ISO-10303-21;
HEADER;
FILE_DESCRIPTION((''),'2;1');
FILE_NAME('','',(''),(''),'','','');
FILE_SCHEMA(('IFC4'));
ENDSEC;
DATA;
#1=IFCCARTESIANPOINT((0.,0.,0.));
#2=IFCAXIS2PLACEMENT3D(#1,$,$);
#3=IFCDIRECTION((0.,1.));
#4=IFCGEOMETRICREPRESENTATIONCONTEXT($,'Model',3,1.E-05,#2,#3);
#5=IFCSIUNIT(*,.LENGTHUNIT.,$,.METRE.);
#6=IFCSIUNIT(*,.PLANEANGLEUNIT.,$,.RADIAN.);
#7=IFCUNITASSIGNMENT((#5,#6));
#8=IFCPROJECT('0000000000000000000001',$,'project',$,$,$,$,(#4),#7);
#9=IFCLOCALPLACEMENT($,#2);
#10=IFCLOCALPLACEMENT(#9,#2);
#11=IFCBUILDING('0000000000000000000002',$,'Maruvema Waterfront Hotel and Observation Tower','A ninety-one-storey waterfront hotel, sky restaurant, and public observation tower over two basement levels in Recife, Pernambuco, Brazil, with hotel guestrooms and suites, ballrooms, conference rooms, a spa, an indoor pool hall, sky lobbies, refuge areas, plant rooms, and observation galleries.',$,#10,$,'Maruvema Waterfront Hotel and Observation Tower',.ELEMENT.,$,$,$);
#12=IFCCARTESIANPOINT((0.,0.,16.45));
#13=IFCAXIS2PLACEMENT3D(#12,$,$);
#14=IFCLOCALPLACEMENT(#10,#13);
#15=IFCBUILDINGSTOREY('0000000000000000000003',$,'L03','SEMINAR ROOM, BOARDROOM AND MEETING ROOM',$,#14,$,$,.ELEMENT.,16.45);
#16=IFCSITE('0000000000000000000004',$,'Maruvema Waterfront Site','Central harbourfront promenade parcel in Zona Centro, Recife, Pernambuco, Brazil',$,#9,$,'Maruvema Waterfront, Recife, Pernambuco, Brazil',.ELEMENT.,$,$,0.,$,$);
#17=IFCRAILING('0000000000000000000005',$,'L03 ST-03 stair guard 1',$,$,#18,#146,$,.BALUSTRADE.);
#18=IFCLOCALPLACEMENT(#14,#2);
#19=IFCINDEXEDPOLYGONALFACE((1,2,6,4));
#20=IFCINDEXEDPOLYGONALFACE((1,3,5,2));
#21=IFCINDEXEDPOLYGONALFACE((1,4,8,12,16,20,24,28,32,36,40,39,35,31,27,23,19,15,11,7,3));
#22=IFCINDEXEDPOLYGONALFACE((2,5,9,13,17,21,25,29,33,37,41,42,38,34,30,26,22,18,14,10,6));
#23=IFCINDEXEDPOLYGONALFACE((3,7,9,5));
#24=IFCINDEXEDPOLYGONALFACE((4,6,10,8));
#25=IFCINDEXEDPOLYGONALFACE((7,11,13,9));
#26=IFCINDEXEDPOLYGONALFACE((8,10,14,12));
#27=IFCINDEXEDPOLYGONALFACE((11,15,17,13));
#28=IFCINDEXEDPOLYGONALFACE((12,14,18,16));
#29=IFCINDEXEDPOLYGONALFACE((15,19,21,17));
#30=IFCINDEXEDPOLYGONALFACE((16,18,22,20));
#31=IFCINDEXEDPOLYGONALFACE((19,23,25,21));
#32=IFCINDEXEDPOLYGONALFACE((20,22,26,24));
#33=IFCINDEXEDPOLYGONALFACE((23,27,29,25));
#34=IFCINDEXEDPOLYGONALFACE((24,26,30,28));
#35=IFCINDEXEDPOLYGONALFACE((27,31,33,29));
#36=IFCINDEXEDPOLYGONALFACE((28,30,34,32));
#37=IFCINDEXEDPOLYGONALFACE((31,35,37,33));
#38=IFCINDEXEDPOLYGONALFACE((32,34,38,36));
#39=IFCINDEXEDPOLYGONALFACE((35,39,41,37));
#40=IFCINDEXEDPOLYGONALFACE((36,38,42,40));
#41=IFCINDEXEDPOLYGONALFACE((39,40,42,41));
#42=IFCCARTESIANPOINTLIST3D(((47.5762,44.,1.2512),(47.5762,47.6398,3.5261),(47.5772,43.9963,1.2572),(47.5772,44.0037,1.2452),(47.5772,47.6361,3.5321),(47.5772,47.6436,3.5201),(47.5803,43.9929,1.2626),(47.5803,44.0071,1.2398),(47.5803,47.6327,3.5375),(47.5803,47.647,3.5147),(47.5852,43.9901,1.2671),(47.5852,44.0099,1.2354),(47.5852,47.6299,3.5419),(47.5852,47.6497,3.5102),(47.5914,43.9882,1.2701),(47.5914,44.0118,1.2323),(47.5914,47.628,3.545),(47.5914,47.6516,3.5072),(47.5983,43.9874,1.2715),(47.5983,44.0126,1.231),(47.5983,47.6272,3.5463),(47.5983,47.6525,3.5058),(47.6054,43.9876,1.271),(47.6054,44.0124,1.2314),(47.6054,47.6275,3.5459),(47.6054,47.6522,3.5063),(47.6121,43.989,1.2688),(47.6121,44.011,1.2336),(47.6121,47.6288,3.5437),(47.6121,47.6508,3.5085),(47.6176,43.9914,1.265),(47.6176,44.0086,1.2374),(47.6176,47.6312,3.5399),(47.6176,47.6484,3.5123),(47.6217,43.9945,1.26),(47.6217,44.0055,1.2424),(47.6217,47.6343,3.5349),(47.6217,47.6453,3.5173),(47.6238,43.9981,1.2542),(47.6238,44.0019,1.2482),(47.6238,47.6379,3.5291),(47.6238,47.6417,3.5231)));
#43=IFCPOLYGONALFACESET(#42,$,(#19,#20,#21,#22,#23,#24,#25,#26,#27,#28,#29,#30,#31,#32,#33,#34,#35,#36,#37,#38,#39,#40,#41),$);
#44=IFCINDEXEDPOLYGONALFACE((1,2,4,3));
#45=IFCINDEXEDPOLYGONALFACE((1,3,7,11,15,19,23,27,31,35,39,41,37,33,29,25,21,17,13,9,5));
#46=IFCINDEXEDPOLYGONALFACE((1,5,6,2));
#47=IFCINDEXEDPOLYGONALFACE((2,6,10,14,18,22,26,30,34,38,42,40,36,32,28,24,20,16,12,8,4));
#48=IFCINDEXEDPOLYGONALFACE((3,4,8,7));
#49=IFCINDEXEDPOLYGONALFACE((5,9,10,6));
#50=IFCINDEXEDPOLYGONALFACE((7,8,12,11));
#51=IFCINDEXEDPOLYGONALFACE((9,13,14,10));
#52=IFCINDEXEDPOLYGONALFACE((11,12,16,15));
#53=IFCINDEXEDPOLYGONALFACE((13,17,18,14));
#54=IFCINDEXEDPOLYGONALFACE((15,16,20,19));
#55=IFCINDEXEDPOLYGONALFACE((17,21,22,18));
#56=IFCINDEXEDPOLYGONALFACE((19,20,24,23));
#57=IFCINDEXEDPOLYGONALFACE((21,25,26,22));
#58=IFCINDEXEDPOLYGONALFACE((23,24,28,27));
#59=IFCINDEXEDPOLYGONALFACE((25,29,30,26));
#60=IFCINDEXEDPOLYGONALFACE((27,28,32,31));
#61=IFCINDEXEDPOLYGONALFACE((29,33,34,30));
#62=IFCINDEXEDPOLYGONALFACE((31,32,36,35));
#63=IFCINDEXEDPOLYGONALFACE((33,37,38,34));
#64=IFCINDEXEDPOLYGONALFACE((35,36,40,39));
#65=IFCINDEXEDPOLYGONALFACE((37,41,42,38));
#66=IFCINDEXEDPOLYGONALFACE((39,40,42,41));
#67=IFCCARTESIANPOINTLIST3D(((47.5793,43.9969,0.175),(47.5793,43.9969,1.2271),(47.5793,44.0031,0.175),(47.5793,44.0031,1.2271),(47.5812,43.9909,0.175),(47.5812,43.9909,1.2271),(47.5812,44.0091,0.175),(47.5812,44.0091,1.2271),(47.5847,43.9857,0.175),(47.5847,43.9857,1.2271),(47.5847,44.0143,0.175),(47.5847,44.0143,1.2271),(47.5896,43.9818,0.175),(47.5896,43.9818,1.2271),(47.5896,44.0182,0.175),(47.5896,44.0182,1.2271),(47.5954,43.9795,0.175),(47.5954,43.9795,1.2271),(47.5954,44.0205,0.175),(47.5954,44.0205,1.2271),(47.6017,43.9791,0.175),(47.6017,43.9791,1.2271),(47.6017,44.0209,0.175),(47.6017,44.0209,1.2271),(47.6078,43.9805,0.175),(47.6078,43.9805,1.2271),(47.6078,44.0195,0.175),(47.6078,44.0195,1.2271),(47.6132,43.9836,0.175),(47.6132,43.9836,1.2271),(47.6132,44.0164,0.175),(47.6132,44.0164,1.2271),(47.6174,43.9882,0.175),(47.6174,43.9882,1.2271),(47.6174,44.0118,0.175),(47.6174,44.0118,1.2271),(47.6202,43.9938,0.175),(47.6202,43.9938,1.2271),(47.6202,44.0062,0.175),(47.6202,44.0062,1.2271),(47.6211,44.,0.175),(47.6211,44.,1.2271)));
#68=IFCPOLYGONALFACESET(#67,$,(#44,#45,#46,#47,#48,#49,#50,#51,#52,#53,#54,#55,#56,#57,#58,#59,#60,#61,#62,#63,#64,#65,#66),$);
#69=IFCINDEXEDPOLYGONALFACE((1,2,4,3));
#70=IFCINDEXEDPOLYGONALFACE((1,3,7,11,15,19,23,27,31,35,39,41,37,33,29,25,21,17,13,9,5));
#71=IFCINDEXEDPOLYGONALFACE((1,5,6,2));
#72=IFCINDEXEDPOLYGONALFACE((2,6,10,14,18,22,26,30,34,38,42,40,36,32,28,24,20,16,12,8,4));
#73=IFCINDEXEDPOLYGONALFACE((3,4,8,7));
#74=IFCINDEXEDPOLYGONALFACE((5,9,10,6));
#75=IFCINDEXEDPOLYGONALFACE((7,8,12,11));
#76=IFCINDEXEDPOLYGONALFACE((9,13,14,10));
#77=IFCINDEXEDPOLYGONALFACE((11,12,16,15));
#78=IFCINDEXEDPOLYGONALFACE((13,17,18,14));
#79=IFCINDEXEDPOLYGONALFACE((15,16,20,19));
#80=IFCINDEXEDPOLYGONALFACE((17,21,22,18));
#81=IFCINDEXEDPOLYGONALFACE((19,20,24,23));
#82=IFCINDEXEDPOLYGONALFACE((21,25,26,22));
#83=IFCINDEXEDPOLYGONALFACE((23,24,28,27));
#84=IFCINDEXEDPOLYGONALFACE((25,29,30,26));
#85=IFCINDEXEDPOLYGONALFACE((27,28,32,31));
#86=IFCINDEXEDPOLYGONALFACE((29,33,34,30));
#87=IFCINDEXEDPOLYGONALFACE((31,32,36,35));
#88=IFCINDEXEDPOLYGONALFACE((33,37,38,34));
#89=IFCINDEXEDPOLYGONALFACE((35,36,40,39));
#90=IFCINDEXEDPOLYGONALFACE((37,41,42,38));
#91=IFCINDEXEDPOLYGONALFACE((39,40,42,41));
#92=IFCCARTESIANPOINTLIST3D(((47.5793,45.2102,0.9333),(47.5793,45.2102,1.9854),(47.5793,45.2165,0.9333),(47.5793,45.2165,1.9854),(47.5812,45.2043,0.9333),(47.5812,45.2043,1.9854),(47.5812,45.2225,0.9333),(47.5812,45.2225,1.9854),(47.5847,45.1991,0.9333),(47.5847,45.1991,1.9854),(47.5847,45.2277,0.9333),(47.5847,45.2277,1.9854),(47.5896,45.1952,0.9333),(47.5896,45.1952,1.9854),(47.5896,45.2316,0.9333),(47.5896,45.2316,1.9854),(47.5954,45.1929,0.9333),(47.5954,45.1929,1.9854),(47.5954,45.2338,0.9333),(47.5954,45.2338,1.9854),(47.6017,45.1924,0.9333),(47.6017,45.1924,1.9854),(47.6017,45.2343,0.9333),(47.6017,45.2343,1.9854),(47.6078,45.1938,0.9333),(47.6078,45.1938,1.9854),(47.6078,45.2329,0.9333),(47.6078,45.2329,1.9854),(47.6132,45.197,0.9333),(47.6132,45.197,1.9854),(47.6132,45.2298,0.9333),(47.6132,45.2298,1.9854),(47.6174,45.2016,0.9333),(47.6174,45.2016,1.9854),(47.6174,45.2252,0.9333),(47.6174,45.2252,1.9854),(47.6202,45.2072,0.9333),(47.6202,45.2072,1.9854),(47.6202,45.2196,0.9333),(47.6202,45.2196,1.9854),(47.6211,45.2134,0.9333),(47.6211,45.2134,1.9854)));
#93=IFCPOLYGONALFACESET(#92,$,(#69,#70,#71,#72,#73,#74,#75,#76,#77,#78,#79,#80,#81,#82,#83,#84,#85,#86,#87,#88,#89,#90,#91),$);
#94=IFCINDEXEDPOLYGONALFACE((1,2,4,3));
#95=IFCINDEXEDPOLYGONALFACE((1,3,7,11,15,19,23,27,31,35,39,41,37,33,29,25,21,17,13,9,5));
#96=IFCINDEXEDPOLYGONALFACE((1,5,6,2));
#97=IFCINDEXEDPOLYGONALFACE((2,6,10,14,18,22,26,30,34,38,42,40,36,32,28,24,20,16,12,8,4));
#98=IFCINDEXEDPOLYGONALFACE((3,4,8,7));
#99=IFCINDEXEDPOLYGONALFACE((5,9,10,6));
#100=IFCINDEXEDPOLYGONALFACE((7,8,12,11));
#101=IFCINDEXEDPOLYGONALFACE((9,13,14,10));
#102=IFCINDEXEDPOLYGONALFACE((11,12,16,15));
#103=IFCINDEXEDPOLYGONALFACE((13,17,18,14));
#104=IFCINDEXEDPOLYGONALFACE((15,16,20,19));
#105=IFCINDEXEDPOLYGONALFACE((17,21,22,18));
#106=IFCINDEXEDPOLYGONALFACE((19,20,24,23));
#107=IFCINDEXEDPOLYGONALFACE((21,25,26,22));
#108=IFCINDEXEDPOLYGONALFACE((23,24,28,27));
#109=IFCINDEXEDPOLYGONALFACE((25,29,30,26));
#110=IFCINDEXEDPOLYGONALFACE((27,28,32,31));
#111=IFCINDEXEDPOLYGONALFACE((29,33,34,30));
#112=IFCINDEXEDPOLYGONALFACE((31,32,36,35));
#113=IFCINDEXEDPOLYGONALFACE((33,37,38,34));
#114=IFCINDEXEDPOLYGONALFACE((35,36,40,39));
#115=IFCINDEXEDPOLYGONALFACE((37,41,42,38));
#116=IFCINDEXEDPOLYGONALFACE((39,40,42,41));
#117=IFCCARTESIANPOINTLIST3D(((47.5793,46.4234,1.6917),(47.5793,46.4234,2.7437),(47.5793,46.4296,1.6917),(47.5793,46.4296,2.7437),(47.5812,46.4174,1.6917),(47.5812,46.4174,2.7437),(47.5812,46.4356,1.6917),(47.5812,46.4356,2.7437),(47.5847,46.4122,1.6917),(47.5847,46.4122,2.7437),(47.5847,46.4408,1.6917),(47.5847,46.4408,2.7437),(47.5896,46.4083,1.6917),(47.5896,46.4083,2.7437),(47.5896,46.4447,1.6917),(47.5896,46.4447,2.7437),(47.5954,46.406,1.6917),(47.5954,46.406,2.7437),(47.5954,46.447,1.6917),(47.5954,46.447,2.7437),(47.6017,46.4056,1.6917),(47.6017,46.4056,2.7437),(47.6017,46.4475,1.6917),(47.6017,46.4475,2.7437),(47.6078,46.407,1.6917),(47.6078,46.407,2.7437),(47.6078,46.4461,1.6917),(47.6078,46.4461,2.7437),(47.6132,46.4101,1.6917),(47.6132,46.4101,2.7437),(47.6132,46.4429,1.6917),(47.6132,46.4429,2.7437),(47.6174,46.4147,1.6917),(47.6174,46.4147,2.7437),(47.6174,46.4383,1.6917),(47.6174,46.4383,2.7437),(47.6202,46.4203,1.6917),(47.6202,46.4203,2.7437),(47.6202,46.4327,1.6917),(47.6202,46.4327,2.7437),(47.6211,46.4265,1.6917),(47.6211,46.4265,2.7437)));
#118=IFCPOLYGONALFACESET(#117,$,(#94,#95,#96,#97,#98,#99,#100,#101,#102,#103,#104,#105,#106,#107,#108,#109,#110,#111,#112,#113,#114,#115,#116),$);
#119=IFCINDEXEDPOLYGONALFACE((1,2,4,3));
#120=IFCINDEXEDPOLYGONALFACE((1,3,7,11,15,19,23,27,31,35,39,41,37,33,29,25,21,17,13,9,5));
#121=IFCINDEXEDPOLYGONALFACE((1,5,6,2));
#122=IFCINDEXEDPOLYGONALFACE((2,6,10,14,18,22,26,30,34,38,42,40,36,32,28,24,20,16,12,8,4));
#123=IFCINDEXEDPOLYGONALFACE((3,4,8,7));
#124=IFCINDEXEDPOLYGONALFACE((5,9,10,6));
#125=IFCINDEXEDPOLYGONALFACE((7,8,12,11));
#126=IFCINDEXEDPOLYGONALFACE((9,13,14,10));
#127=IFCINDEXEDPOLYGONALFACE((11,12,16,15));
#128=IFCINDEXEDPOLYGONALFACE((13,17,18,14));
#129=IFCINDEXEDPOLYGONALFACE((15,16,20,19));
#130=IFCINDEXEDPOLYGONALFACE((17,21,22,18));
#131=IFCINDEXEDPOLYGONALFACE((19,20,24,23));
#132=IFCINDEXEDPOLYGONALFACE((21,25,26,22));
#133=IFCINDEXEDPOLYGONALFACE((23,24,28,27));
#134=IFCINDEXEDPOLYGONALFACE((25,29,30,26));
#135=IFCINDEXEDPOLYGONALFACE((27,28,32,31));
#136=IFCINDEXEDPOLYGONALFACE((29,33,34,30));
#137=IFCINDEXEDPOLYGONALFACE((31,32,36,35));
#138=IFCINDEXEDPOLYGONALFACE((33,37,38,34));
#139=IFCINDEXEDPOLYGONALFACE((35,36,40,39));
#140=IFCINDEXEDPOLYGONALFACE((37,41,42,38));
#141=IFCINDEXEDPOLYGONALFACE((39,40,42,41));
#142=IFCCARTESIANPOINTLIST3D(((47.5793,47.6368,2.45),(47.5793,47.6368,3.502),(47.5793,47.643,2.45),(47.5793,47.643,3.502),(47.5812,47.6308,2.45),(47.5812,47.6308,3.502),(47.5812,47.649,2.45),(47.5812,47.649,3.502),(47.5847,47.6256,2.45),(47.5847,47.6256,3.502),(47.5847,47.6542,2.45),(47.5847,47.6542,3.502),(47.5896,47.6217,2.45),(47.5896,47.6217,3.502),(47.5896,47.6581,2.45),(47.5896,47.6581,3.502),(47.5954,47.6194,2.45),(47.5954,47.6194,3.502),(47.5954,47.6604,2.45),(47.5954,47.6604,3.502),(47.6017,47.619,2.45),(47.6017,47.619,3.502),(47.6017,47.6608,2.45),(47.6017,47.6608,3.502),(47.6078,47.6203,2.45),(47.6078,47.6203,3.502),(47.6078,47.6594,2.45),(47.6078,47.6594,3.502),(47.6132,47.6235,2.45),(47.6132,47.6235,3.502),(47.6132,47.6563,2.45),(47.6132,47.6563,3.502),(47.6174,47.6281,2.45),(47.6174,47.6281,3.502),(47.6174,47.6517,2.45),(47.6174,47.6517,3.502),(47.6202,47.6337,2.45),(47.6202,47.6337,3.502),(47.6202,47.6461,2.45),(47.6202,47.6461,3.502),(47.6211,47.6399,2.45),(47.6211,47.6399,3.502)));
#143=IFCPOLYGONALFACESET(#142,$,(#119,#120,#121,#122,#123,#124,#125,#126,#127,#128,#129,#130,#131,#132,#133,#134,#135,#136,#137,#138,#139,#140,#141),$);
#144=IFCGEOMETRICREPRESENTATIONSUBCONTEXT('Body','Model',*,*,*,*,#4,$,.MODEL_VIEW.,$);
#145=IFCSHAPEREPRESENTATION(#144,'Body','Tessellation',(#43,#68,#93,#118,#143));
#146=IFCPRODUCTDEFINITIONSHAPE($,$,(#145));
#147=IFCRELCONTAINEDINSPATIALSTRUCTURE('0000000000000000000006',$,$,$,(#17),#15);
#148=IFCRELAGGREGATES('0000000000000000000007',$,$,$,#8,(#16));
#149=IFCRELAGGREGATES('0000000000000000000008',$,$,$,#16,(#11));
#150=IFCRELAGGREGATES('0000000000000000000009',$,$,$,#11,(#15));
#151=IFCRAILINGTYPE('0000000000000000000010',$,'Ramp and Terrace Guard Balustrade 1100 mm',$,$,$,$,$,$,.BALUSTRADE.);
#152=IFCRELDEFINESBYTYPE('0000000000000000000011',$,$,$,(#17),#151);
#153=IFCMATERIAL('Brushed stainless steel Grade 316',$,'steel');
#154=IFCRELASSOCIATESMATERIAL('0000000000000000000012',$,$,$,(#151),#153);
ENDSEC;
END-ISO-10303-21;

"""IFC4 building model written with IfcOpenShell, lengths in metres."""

from ifc_helpers import new_model, si_unit, direction, frame, origin, origin_2d, place, context, subcontext, project, spatial, circle, extrude, material, type_object, element, save


model = new_model("IFC4")

# Units and contexts
model_context = context("Model", 3, precision=1e-05, world=origin(), true_north=direction((0.0, 1.0)))
body_context = subcontext(model_context, "Body", "Model", "MODEL_VIEW")
ifc_project = project(units=[si_unit("LENGTHUNIT", "METRE"), si_unit("PLANEANGLEUNIT", "RADIAN")], contexts=[model_context])

# Site, building, storey
site_placement = place(None, origin())
site = spatial("IfcSite", under=ifc_project, at=site_placement, Name="Maruvema Waterfront Site", Description="Central harbourfront promenade parcel in Zona Centro, Recife, Pernambuco, Brazil", LongName="Maruvema Waterfront, Recife, Pernambuco, Brazil", CompositionType="ELEMENT", RefElevation=0.0)
building_placement = place(site_placement, origin())
building = spatial("IfcBuilding", under=site, at=building_placement, Name="Maruvema Waterfront Hotel and Observation Tower", Description="A ninety-one-storey waterfront hotel, sky restaurant, and public observation tower over two basement levels in Recife, Pernambuco, Brazil, with hotel guestrooms and suites, ballrooms, conference rooms, a spa, an indoor pool hall, sky lobbies, refuge areas, plant rooms, and observation galleries.", LongName="Maruvema Waterfront Hotel and Observation Tower", CompositionType="ELEMENT")
storey_placement = place(building_placement, frame((0.0, 0.0, 16.45)))
storey = spatial("IfcBuildingStorey", under=building, at=storey_placement, Name="L03", Description="SEMINAR ROOM, BOARDROOM AND MEETING ROOM", CompositionType="ELEMENT", Elevation=16.45)

# Railing
ifc_material_1 = material(Name="Brushed stainless steel Grade 316", Category="steel")
railing_type_1 = type_object("IfcRailingType", Name="Ramp and Terrace Guard Balustrade 1100 mm", PredefinedType="BALUSTRADE", material=ifc_material_1)
railing_1_placement = place(storey_placement, frame((47.6001, 44.0, 0.175)))
element("IfcRailing", 1, at=railing_1_placement, inside=storey, type_object=railing_type_1, Name="L03 ST-03 stair guard 1", PredefinedType="BALUSTRADE", context=body_context, shape_type="SweptSolid", body=[
    extrude(circle(Radius=0.0239, at=origin_2d()), frame((0.0, 0.0, 1.0762), z_axis=(0.0, 0.848001, 0.529994), x_axis=(-1.0, 0.0, 0.0)), (0.0, 0.0, 1.0), 4.2922),
    extrude(circle(Radius=0.021, at=origin_2d()), origin(), (0.0, 0.0, 1.0), 1.052),
    extrude(circle(Radius=0.021, at=origin_2d()), frame((0.0, 1.2134, 0.7583)), (0.0, 0.0, 1.0), 1.052),
    extrude(circle(Radius=0.021, at=origin_2d()), frame((0.0, 2.4265, 1.5166)), (0.0, 0.0, 1.0), 1.052),
    extrude(circle(Radius=0.021, at=origin_2d()), frame((0.0, 3.6399, 2.2749)), (0.0, 0.0, 1.0), 1.052),
])

save(model, "model.ifc")
